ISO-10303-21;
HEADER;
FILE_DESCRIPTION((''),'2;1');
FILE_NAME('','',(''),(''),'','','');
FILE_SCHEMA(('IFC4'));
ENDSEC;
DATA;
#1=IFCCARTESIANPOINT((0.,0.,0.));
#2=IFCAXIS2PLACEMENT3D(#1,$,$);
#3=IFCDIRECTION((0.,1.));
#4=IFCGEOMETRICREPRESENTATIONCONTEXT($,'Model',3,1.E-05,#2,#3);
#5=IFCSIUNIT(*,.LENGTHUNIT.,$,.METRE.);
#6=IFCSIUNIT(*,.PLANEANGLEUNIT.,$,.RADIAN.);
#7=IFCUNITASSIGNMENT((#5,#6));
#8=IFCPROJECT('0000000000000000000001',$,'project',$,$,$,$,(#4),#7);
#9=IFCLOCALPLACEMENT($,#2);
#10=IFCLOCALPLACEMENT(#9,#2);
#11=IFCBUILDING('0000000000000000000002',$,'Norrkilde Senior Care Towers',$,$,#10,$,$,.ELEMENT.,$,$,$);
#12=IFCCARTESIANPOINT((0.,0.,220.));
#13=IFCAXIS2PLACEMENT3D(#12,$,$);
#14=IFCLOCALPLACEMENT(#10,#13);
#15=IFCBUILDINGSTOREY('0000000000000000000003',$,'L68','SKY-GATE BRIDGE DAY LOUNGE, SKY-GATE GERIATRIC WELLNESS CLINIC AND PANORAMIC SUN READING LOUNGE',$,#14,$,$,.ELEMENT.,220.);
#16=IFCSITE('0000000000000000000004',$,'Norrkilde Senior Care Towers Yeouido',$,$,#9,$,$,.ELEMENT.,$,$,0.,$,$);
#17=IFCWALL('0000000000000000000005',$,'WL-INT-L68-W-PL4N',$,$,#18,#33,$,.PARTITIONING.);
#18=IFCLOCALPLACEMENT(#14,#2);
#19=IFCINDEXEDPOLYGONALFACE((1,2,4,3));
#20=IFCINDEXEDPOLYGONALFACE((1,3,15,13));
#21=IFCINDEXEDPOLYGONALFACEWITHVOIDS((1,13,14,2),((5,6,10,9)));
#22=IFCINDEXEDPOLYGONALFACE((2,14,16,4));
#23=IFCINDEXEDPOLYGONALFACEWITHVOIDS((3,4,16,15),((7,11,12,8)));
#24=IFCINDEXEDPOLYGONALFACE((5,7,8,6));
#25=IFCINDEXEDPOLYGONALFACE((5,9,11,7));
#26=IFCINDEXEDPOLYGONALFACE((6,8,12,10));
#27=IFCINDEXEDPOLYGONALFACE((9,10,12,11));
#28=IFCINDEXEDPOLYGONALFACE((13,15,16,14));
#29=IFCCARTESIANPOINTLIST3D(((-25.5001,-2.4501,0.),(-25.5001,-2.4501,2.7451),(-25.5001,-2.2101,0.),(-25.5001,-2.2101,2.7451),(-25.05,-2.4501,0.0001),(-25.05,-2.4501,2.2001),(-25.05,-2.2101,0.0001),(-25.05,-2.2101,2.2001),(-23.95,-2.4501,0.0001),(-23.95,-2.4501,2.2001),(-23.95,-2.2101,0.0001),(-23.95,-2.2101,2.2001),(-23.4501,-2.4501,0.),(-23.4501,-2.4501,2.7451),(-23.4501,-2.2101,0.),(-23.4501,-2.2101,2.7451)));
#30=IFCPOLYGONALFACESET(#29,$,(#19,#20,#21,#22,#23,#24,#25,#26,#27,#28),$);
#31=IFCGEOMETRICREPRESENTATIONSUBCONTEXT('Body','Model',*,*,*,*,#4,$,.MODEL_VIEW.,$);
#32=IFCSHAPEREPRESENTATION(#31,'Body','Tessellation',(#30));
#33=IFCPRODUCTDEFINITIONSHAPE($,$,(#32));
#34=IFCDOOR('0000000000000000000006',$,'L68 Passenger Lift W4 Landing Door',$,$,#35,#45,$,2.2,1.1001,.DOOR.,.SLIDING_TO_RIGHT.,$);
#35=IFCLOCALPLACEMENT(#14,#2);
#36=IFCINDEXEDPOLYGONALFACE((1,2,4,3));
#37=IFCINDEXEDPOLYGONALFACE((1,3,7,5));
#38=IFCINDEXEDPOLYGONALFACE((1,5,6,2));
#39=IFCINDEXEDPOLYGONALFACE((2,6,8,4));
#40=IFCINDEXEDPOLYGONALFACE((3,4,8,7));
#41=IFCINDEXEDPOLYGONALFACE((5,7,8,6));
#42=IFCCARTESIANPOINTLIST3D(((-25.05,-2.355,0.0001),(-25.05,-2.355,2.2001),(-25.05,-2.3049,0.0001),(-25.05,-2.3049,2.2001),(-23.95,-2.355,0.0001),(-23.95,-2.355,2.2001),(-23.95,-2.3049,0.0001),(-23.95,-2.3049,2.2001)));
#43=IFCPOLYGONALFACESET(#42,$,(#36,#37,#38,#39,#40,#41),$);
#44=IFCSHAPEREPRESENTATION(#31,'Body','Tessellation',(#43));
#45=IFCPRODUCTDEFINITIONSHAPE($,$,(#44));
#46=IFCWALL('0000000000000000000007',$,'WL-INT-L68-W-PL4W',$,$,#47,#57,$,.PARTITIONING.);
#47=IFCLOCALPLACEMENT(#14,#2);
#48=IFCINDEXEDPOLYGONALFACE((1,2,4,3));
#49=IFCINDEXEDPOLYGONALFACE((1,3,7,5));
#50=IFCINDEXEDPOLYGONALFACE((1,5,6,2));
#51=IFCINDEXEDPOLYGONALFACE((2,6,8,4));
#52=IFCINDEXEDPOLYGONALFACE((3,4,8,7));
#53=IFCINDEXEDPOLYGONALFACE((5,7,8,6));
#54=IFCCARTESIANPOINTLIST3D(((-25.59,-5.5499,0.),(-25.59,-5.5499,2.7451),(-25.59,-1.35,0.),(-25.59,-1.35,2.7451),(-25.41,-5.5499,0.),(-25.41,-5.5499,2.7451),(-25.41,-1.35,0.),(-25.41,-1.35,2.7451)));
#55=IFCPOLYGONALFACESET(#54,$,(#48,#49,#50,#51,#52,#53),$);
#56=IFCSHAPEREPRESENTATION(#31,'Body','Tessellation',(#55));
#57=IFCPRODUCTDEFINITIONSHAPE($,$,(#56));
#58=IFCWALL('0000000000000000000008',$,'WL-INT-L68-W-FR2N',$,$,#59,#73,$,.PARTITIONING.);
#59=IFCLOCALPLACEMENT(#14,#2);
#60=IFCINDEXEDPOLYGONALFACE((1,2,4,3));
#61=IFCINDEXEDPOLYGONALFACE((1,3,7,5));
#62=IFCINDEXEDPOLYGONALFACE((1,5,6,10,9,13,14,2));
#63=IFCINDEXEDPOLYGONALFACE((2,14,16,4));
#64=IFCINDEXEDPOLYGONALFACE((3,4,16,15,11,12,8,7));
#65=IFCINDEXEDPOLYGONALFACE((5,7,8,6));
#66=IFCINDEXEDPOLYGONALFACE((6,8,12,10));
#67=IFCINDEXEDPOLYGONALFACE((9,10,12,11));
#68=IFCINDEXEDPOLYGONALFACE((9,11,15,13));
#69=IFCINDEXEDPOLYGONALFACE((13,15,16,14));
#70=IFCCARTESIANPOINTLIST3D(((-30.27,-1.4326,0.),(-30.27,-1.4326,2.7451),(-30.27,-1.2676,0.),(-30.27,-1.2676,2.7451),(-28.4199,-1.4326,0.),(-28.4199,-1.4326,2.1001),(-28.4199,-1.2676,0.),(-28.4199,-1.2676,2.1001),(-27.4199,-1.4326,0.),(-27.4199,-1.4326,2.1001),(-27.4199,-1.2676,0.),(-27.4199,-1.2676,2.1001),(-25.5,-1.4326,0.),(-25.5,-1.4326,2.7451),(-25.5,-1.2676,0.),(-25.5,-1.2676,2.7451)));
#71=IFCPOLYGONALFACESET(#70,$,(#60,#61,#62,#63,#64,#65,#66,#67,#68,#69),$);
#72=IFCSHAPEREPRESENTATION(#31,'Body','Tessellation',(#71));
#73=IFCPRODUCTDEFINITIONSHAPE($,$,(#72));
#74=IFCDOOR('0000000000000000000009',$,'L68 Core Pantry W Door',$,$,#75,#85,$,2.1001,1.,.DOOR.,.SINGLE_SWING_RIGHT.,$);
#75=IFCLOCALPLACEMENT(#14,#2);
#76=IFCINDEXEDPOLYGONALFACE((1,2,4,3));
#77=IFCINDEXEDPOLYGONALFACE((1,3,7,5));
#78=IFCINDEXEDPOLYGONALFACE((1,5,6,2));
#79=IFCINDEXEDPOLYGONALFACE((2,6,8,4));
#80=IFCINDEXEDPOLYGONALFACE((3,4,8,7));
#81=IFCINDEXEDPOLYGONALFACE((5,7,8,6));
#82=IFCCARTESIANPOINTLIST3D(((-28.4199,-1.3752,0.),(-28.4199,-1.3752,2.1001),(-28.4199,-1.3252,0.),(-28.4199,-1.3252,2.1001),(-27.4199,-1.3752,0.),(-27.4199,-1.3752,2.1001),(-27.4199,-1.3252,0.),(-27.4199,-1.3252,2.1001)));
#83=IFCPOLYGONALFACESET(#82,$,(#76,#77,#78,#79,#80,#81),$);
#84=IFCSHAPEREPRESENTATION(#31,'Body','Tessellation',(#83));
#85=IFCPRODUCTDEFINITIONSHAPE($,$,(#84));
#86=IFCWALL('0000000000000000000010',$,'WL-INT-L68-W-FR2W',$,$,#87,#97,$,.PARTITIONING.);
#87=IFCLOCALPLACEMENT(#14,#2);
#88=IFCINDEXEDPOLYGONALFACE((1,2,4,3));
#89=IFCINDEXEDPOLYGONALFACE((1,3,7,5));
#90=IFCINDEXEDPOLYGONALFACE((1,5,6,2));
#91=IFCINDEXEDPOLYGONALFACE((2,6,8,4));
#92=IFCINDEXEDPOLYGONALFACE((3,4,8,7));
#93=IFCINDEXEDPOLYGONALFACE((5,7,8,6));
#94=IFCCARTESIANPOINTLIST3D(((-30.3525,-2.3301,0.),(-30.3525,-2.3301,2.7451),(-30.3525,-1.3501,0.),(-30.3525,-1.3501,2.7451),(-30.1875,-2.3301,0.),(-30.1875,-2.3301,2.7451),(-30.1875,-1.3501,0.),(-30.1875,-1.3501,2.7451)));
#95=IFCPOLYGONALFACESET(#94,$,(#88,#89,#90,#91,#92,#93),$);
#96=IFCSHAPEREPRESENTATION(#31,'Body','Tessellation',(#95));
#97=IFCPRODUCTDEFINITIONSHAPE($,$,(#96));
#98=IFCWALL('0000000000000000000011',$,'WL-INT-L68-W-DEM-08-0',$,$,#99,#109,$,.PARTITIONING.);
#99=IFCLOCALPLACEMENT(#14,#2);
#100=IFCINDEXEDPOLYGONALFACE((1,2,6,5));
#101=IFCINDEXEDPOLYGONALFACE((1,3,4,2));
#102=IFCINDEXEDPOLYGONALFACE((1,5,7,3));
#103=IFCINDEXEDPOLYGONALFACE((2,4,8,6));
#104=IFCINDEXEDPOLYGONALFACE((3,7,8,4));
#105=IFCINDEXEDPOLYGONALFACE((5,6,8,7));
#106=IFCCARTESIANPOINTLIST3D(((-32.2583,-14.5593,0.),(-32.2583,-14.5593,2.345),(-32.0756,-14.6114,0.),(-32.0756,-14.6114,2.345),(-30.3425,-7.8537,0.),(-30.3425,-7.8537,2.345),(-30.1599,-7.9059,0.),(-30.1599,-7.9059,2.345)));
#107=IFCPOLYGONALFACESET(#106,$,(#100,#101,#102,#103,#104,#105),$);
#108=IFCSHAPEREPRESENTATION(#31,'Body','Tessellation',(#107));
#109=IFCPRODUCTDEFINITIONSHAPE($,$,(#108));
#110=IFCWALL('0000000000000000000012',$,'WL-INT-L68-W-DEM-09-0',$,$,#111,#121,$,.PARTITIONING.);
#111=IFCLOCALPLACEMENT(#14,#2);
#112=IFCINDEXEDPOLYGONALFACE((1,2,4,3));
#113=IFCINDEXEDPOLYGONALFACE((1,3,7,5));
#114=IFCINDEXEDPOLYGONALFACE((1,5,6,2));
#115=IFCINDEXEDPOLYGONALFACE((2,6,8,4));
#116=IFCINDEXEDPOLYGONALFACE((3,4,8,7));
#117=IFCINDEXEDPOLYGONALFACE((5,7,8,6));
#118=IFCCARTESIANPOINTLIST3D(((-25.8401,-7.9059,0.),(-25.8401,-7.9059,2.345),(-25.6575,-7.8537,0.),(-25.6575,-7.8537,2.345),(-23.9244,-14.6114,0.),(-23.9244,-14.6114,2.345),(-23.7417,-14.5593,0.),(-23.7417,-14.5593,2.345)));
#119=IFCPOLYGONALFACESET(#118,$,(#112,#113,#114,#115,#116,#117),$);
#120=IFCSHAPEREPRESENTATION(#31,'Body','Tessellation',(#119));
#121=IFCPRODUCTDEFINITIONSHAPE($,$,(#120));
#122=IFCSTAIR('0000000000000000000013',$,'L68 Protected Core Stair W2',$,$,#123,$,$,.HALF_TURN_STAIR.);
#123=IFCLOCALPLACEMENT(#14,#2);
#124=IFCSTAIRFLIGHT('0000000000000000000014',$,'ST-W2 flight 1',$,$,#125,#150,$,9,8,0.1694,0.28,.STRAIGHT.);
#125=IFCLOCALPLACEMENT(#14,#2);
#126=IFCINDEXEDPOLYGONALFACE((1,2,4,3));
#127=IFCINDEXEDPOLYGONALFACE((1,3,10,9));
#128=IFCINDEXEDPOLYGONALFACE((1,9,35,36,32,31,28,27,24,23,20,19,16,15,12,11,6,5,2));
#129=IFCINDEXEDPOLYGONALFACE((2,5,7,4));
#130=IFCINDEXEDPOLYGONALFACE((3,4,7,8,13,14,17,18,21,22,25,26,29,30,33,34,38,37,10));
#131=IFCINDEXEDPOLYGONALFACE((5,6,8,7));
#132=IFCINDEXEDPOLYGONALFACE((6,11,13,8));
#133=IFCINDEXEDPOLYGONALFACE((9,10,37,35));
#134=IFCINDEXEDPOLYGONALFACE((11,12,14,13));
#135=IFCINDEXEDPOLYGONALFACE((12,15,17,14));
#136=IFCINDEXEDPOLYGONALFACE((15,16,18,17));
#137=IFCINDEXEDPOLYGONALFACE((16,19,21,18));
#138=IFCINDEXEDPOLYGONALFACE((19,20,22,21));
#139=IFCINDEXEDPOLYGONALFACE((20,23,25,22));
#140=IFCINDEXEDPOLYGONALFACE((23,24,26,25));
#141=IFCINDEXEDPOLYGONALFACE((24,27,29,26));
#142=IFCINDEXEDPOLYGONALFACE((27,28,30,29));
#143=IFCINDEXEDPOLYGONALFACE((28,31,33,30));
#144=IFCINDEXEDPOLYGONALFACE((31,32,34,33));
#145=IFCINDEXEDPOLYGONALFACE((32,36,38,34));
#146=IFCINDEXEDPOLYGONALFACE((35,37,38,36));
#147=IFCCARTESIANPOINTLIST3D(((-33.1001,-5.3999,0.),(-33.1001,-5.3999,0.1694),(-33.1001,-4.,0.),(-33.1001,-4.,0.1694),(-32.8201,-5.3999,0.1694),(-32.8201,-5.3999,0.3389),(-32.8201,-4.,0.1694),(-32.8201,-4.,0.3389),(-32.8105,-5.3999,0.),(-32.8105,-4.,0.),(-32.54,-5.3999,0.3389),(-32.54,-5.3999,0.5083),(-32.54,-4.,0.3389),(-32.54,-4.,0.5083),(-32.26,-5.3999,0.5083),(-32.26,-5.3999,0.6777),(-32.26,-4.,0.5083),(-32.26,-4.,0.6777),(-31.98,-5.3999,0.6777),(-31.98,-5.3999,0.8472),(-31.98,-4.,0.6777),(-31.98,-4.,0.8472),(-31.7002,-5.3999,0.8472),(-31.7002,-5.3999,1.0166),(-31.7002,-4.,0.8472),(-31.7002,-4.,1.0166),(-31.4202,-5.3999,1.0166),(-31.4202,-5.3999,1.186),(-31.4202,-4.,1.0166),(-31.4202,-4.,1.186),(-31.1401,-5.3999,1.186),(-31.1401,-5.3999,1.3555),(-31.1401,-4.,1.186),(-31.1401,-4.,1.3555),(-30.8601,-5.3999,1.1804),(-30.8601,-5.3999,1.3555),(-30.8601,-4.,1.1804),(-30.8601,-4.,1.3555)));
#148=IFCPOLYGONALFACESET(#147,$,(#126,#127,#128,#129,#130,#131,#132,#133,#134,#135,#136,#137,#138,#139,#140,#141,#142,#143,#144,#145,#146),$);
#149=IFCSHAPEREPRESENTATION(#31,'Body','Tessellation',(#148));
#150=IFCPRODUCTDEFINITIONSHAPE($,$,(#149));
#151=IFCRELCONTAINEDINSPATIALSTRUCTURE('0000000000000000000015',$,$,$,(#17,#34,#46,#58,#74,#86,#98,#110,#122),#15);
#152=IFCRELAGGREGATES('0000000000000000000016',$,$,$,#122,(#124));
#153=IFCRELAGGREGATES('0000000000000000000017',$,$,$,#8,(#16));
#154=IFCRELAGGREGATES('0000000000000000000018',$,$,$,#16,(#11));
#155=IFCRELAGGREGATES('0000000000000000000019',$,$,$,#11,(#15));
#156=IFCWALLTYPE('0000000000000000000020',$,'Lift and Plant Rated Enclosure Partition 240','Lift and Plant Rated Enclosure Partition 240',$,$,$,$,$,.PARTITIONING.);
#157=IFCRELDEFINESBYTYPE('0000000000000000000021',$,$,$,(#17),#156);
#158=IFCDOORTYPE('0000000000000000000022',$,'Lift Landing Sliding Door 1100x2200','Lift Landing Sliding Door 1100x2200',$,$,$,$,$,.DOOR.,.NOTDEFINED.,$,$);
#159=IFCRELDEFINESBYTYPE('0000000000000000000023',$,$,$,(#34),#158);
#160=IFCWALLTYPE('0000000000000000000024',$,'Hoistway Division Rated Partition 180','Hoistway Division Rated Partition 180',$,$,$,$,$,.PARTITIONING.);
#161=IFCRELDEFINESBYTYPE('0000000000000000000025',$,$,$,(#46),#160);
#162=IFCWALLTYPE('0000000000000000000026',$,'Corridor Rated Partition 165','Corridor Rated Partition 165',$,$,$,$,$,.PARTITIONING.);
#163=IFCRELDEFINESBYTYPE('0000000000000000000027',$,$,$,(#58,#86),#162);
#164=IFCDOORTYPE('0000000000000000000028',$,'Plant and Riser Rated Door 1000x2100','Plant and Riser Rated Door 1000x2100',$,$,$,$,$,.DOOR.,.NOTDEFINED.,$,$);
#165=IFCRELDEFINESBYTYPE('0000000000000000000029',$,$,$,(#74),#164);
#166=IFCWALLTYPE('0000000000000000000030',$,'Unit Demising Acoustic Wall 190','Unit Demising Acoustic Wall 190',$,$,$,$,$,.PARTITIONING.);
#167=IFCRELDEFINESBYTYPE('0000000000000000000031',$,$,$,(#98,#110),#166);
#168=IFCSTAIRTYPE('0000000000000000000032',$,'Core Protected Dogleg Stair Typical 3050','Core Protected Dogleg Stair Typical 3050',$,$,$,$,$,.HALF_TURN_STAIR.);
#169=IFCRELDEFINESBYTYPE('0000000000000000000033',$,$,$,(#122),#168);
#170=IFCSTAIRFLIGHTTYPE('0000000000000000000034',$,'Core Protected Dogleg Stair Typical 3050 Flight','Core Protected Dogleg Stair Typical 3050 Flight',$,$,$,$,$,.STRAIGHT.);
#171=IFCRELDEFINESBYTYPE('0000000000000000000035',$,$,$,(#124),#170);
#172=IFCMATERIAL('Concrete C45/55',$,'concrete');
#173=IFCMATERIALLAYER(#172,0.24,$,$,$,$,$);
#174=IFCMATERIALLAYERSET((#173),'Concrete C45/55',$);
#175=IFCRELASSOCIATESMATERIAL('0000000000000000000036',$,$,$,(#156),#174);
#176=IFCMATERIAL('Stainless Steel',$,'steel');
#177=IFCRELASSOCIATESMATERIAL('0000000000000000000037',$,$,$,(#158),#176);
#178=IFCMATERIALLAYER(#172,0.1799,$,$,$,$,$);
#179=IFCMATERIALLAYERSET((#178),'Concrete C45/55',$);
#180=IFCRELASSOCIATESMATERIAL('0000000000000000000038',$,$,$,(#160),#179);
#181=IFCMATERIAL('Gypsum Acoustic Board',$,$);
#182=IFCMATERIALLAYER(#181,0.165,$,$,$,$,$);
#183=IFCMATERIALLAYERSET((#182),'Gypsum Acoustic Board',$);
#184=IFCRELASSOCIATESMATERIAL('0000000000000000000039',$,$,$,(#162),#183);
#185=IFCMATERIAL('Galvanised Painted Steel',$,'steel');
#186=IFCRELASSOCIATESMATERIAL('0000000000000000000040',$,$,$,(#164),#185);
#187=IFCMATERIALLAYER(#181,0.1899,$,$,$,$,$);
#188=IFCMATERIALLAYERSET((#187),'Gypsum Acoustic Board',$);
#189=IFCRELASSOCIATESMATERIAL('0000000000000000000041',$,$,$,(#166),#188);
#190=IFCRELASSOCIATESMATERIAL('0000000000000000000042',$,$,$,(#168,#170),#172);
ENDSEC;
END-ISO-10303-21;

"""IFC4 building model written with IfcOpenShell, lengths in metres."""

from ifc_helpers import new_model, si_unit, direction, frame, frame_2d, origin, place, context, subcontext, project, spatial, polyline, rectangle, outline, extrude, source, transform, mapped, material, layer, layer_set, type_object, type_shapes, element, fill, aggregate, save


model = new_model("IFC4")

# Units and contexts
model_context = context("Model", 3, precision=1e-05, world=origin(), true_north=direction((0.0, 1.0)))
body_context = subcontext(model_context, "Body", "Model", "MODEL_VIEW")
ifc_project = project(units=[si_unit("LENGTHUNIT", "METRE"), si_unit("PLANEANGLEUNIT", "RADIAN")], contexts=[model_context])

# Site, building, storey
site_placement = place(None, origin())
site = spatial("IfcSite", under=ifc_project, at=site_placement, Name="Norrkilde Senior Care Towers Yeouido", CompositionType="ELEMENT", RefElevation=0.0)
building_placement = place(site_placement, origin())
building = spatial("IfcBuilding", under=site, at=building_placement, Name="Norrkilde Senior Care Towers", CompositionType="ELEMENT")
storey_placement = place(building_placement, frame((0.0, 0.0, 220.0)))
storey = spatial("IfcBuildingStorey", under=building, at=storey_placement, Name="L68", Description="SKY-GATE BRIDGE DAY LOUNGE, SKY-GATE GERIATRIC WELLNESS CLINIC AND PANORAMIC SUN READING LOUNGE", CompositionType="ELEMENT", Elevation=220.0)

# Shared definitions
ifc_material_1 = material(Name="Concrete C45/55", Category="concrete")

# Shared definitions
ifc_material_2 = material(Name="Galvanised Painted Steel", Category="steel")

# Shared definitions
ifc_material_3 = material(Name="Gypsum Acoustic Board")

# Wall, opening, door
ifc_layer_1 = layer(ifc_material_1, 0.24)
ifc_layer_set_1 = layer_set([ifc_layer_1], Name="Concrete C45/55")
wall_type_1 = type_object("IfcWallType", Name="Lift and Plant Rated Enclosure Partition 240", Description="Lift and Plant Rated Enclosure Partition 240", PredefinedType="PARTITIONING", material=ifc_layer_set_1)
shared_shape_1 = source(origin(), body_context, "Body", "SweptSolid", [
    extrude(rectangle(XDim=2.05, YDim=0.24, at=frame_2d((1.0249, 0.0))), origin(), (0.0, 0.0, 1.0), 2.7451),
])
type_shapes(wall_type_1, [shared_shape_1])
wall_1_placement = place(storey_placement, frame((-25.5, -2.3301, 0.0), z_axis=(0.0, 0.0, 1.0), x_axis=(1.0, 0.0, 0.0)))
wall_1 = element("IfcWall", 1, at=wall_1_placement, inside=storey, type_object=wall_type_1, Name="WL-INT-L68-W-PL4N", PredefinedType="PARTITIONING", context=body_context, shape_type="MappedRepresentation", body=[
    mapped(shared_shape_1, transform((0.0, 0.0, 0.0), x_axis=(1.0, 0.0, 0.0), y_axis=(0.0, 1.0, 0.0), z_axis=(0.0, 0.0, 1.0), scale=1.0)),
])
opening_1_placement = place(wall_1_placement, frame((0.45, 0.0, 0.0)))
opening_1 = element("IfcOpeningElement", 2, at=opening_1_placement, cuts=wall_1, PredefinedType="OPENING", context=body_context, shape_type="SweptSolid", body=[
    extrude(rectangle(XDim=1.1001, YDim=2.2, at=frame_2d((0.55, 1.1001))), frame((0.0, 0.1299, 0.0), z_axis=(0.0, -1.0, 0.0), x_axis=(1.0, 0.0, 0.0)), (0.0, 0.0, 1.0), 0.26),
])
ifc_material_4 = material(Name="Stainless Steel", Category="steel")
door_type_1 = type_object("IfcDoorType", Name="Lift Landing Sliding Door 1100x2200", Description="Lift Landing Sliding Door 1100x2200", OperationType="NOTDEFINED", PredefinedType="DOOR", material=ifc_material_4)
shared_shape_2 = source(origin(), body_context, "Body", "SweptSolid", [
    extrude(rectangle(XDim=1.1001, YDim=2.2, at=frame_2d((0.55, 1.1001))), frame((0.0, 0.0249, 0.0), z_axis=(0.0, -1.0, 0.0), x_axis=(1.0, 0.0, 0.0)), (0.0, 0.0, 1.0), 0.05),
])
type_shapes(door_type_1, [shared_shape_2])
door_1_placement = place(opening_1_placement, frame((1.1001, 0.0, 0.0), z_axis=(0.0, 0.0, 1.0), x_axis=(-1.0, 0.0, 0.0)))
door_1 = element("IfcDoor", 3, at=door_1_placement, inside=storey, type_object=door_type_1, Name="L68 Passenger Lift W4 Landing Door", OperationType="SLIDING_TO_RIGHT", OverallHeight=2.2, OverallWidth=1.1001, PredefinedType="DOOR", context=body_context, shape_type="MappedRepresentation", body=[
    mapped(shared_shape_2, transform((0.0, 0.0, 0.0), x_axis=(1.0, 0.0, 0.0), y_axis=(0.0, 1.0, 0.0), z_axis=(0.0, 0.0, 1.0), scale=1.0)),
])
fill(opening_1, door_1)

# Wall
ifc_layer_2 = layer(ifc_material_1, 0.1799)
ifc_layer_set_2 = layer_set([ifc_layer_2], Name="Concrete C45/55")
wall_type_2 = type_object("IfcWallType", Name="Hoistway Division Rated Partition 180", Description="Hoistway Division Rated Partition 180", PredefinedType="PARTITIONING", material=ifc_layer_set_2)
shared_shape_3 = source(origin(), body_context, "Body", "SweptSolid", [
    extrude(rectangle(XDim=4.2, YDim=0.1799, at=frame_2d((2.1001, 0.0))), origin(), (0.0, 0.0, 1.0), 2.7451),
])
type_shapes(wall_type_2, [shared_shape_3])
wall_2_placement = place(storey_placement, frame((-25.5, -5.55, 0.0), z_axis=(0.0, 0.0, 1.0), x_axis=(0.0, 1.0, 0.0)))
element("IfcWall", 4, at=wall_2_placement, inside=storey, type_object=wall_type_2, Name="WL-INT-L68-W-PL4W", PredefinedType="PARTITIONING", context=body_context, shape_type="MappedRepresentation", body=[
    mapped(shared_shape_3, transform((0.0, 0.0, 0.0), x_axis=(1.0, 0.0, 0.0), y_axis=(0.0, 1.0, 0.0), z_axis=(0.0, 0.0, 1.0), scale=1.0)),
])

# Wall, opening, door
ifc_layer_3 = layer(ifc_material_3, 0.165)
ifc_layer_set_3 = layer_set([ifc_layer_3], Name="Gypsum Acoustic Board")
wall_type_3 = type_object("IfcWallType", Name="Corridor Rated Partition 165", Description="Corridor Rated Partition 165", PredefinedType="PARTITIONING", material=ifc_layer_set_3)
shared_shape_4 = source(origin(), body_context, "Body", "SweptSolid", [
    extrude(rectangle(XDim=4.77, YDim=0.165, at=frame_2d((2.385, 0.0))), origin(), (0.0, 0.0, 1.0), 2.7451),
])
wall_3_placement = place(storey_placement, frame((-30.27, -1.3501, 0.0), z_axis=(0.0, 0.0, 1.0), x_axis=(1.0, 0.0, 0.0)))
wall_3 = element("IfcWall", 5, at=wall_3_placement, inside=storey, type_object=wall_type_3, Name="WL-INT-L68-W-FR2N", PredefinedType="PARTITIONING", context=body_context, shape_type="MappedRepresentation", body=[
    mapped(shared_shape_4, transform((0.0, 0.0, 0.0), x_axis=(1.0, 0.0, 0.0), y_axis=(0.0, 1.0, 0.0), z_axis=(0.0, 0.0, 1.0), scale=1.0)),
])
opening_2_placement = place(wall_3_placement, frame((1.8501, 0.0, 0.0)))
opening_2 = element("IfcOpeningElement", 6, at=opening_2_placement, cuts=wall_3, PredefinedType="OPENING", context=body_context, shape_type="SweptSolid", body=[
    extrude(rectangle(XDim=1.0, YDim=2.1001, at=frame_2d((0.5, 1.05))), frame((0.0, 0.0925, 0.0), z_axis=(0.0, -1.0, 0.0), x_axis=(1.0, 0.0, 0.0)), (0.0, 0.0, 1.0), 0.1851),
])
door_type_2 = type_object("IfcDoorType", Name="Plant and Riser Rated Door 1000x2100", Description="Plant and Riser Rated Door 1000x2100", OperationType="NOTDEFINED", PredefinedType="DOOR", material=ifc_material_2)
shared_shape_5 = source(origin(), body_context, "Body", "SweptSolid", [
    extrude(rectangle(XDim=1.0, YDim=2.1001, at=frame_2d((0.5, 1.05))), frame((0.0, 0.0249, 0.0), z_axis=(0.0, -1.0, 0.0), x_axis=(1.0, 0.0, 0.0)), (0.0, 0.0, 1.0), 0.05),
])
type_shapes(door_type_2, [shared_shape_5])
door_2_placement = place(opening_2_placement, origin())
door_2 = element("IfcDoor", 7, at=door_2_placement, inside=storey, type_object=door_type_2, Name="L68 Core Pantry W Door", OperationType="SINGLE_SWING_RIGHT", OverallHeight=2.1001, OverallWidth=1.0, PredefinedType="DOOR", context=body_context, shape_type="MappedRepresentation", body=[
    mapped(shared_shape_5, transform((0.0, 0.0, 0.0), x_axis=(1.0, 0.0, 0.0), y_axis=(0.0, 1.0, 0.0), z_axis=(0.0, 0.0, 1.0), scale=1.0)),
])
fill(opening_2, door_2)

# Walls
shared_shape_6 = source(origin(), body_context, "Body", "SweptSolid", [
    extrude(rectangle(XDim=0.98, YDim=0.165, at=frame_2d((0.49, 0.0))), origin(), (0.0, 0.0, 1.0), 2.7451),
])
type_shapes(wall_type_3, [shared_shape_4, shared_shape_6])
wall_4_placement = place(storey_placement, frame((-30.27, -2.3301, 0.0), z_axis=(0.0, 0.0, 1.0), x_axis=(0.0, 1.0, 0.0)))
element("IfcWall", 8, at=wall_4_placement, inside=storey, type_object=wall_type_3, Name="WL-INT-L68-W-FR2W", PredefinedType="PARTITIONING", context=body_context, shape_type="MappedRepresentation", body=[
    mapped(shared_shape_6, transform((0.0, 0.0, 0.0), x_axis=(1.0, 0.0, 0.0), y_axis=(0.0, 1.0, 0.0), z_axis=(0.0, 0.0, 1.0), scale=1.0)),
])
ifc_layer_4 = layer(ifc_material_3, 0.1899)
ifc_layer_set_4 = layer_set([ifc_layer_4], Name="Gypsum Acoustic Board")
wall_type_4 = type_object("IfcWallType", Name="Unit Demising Acoustic Wall 190", Description="Unit Demising Acoustic Wall 190", PredefinedType="PARTITIONING", material=ifc_layer_set_4)
shared_shape_7 = source(origin(), body_context, "Body", "SweptSolid", [
    extrude(rectangle(XDim=6.9739, YDim=0.1899, at=frame_2d((3.4868, 0.0))), origin(), (0.0, 0.0, 1.0), 2.345),
])
type_shapes(wall_type_4, [shared_shape_7])
for number, where, z_axis, x_axis, name in (
    (9, (-30.2512, -7.8799, 0.0), (0.0, 0.0, 1.0), (-0.274707, -0.961528, 0.0), "WL-INT-L68-W-DEM-08-0"),
    (10, (-25.7488, -7.8799, 0.0), (0.0, 0.0, 1.0), (0.274707, -0.961528, 0.0), "WL-INT-L68-W-DEM-09-0"),
):
    element("IfcWall", number, at=place(storey_placement, frame(where, z_axis=z_axis, x_axis=x_axis)), inside=storey, type_object=wall_type_4, Name=name, PredefinedType="PARTITIONING", context=body_context, shape_type="MappedRepresentation", body=[
        mapped(shared_shape_7, transform((0.0, 0.0, 0.0), x_axis=(1.0, 0.0, 0.0), y_axis=(0.0, 1.0, 0.0), z_axis=(0.0, 0.0, 1.0), scale=1.0)),
    ])

# Stair, stair flight
stair_type = type_object("IfcStairType", Name="Core Protected Dogleg Stair Typical 3050", Description="Core Protected Dogleg Stair Typical 3050", PredefinedType="HALF_TURN_STAIR", material=ifc_material_1)
stair_placement = place(storey_placement, origin())
stair = element("IfcStair", 11, at=stair_placement, inside=storey, type_object=stair_type, Name="L68 Protected Core Stair W2", PredefinedType="HALF_TURN_STAIR")
stair_flight_type = type_object("IfcStairFlightType", Name="Core Protected Dogleg Stair Typical 3050 Flight", Description="Core Protected Dogleg Stair Typical 3050 Flight", PredefinedType="STRAIGHT", material=ifc_material_1)
stair_flight_1_placement = place(storey_placement, frame((-33.1001, -4.7, 0.0), z_axis=(0.0, 0.0, 1.0), x_axis=(1.0, 0.0, 0.0)))
stair_flight_1 = element("IfcStairFlight", 12, at=stair_flight_1_placement, type_object=stair_flight_type, Name="ST-W2 flight 1", NumberOfRisers=9, NumberOfTreads=8, PredefinedType="STRAIGHT", RiserHeight=0.1694, TreadLength=0.28, context=body_context, shape_type="SweptSolid", body=[
    extrude(outline(polyline([(0.0, 0.0), (0.0, 0.1694), (0.28, 0.1694), (0.28, 0.3389), (0.5601, 0.3389), (0.5601, 0.5083), (0.8401, 0.5083), (0.8401, 0.6777), (1.1201, 0.6777), (1.1201, 0.8472), (1.3999, 0.8472), (1.3999, 1.0166), (1.6799, 1.0166), (1.6799, 1.186), (1.96, 1.186), (1.96, 1.3555), (2.24, 1.3555), (2.24, 1.5249), (2.24, 1.1804), (0.2896, 0.0), (0.0, 0.0)])), frame((0.0, 0.7, 0.0), z_axis=(0.0, -1.0, 0.0), x_axis=(1.0, 0.0, 0.0)), (0.0, 0.0, 1.0), 1.3999),
])
aggregate(stair, [stair_flight_1])

save(model, "model.ifc")
